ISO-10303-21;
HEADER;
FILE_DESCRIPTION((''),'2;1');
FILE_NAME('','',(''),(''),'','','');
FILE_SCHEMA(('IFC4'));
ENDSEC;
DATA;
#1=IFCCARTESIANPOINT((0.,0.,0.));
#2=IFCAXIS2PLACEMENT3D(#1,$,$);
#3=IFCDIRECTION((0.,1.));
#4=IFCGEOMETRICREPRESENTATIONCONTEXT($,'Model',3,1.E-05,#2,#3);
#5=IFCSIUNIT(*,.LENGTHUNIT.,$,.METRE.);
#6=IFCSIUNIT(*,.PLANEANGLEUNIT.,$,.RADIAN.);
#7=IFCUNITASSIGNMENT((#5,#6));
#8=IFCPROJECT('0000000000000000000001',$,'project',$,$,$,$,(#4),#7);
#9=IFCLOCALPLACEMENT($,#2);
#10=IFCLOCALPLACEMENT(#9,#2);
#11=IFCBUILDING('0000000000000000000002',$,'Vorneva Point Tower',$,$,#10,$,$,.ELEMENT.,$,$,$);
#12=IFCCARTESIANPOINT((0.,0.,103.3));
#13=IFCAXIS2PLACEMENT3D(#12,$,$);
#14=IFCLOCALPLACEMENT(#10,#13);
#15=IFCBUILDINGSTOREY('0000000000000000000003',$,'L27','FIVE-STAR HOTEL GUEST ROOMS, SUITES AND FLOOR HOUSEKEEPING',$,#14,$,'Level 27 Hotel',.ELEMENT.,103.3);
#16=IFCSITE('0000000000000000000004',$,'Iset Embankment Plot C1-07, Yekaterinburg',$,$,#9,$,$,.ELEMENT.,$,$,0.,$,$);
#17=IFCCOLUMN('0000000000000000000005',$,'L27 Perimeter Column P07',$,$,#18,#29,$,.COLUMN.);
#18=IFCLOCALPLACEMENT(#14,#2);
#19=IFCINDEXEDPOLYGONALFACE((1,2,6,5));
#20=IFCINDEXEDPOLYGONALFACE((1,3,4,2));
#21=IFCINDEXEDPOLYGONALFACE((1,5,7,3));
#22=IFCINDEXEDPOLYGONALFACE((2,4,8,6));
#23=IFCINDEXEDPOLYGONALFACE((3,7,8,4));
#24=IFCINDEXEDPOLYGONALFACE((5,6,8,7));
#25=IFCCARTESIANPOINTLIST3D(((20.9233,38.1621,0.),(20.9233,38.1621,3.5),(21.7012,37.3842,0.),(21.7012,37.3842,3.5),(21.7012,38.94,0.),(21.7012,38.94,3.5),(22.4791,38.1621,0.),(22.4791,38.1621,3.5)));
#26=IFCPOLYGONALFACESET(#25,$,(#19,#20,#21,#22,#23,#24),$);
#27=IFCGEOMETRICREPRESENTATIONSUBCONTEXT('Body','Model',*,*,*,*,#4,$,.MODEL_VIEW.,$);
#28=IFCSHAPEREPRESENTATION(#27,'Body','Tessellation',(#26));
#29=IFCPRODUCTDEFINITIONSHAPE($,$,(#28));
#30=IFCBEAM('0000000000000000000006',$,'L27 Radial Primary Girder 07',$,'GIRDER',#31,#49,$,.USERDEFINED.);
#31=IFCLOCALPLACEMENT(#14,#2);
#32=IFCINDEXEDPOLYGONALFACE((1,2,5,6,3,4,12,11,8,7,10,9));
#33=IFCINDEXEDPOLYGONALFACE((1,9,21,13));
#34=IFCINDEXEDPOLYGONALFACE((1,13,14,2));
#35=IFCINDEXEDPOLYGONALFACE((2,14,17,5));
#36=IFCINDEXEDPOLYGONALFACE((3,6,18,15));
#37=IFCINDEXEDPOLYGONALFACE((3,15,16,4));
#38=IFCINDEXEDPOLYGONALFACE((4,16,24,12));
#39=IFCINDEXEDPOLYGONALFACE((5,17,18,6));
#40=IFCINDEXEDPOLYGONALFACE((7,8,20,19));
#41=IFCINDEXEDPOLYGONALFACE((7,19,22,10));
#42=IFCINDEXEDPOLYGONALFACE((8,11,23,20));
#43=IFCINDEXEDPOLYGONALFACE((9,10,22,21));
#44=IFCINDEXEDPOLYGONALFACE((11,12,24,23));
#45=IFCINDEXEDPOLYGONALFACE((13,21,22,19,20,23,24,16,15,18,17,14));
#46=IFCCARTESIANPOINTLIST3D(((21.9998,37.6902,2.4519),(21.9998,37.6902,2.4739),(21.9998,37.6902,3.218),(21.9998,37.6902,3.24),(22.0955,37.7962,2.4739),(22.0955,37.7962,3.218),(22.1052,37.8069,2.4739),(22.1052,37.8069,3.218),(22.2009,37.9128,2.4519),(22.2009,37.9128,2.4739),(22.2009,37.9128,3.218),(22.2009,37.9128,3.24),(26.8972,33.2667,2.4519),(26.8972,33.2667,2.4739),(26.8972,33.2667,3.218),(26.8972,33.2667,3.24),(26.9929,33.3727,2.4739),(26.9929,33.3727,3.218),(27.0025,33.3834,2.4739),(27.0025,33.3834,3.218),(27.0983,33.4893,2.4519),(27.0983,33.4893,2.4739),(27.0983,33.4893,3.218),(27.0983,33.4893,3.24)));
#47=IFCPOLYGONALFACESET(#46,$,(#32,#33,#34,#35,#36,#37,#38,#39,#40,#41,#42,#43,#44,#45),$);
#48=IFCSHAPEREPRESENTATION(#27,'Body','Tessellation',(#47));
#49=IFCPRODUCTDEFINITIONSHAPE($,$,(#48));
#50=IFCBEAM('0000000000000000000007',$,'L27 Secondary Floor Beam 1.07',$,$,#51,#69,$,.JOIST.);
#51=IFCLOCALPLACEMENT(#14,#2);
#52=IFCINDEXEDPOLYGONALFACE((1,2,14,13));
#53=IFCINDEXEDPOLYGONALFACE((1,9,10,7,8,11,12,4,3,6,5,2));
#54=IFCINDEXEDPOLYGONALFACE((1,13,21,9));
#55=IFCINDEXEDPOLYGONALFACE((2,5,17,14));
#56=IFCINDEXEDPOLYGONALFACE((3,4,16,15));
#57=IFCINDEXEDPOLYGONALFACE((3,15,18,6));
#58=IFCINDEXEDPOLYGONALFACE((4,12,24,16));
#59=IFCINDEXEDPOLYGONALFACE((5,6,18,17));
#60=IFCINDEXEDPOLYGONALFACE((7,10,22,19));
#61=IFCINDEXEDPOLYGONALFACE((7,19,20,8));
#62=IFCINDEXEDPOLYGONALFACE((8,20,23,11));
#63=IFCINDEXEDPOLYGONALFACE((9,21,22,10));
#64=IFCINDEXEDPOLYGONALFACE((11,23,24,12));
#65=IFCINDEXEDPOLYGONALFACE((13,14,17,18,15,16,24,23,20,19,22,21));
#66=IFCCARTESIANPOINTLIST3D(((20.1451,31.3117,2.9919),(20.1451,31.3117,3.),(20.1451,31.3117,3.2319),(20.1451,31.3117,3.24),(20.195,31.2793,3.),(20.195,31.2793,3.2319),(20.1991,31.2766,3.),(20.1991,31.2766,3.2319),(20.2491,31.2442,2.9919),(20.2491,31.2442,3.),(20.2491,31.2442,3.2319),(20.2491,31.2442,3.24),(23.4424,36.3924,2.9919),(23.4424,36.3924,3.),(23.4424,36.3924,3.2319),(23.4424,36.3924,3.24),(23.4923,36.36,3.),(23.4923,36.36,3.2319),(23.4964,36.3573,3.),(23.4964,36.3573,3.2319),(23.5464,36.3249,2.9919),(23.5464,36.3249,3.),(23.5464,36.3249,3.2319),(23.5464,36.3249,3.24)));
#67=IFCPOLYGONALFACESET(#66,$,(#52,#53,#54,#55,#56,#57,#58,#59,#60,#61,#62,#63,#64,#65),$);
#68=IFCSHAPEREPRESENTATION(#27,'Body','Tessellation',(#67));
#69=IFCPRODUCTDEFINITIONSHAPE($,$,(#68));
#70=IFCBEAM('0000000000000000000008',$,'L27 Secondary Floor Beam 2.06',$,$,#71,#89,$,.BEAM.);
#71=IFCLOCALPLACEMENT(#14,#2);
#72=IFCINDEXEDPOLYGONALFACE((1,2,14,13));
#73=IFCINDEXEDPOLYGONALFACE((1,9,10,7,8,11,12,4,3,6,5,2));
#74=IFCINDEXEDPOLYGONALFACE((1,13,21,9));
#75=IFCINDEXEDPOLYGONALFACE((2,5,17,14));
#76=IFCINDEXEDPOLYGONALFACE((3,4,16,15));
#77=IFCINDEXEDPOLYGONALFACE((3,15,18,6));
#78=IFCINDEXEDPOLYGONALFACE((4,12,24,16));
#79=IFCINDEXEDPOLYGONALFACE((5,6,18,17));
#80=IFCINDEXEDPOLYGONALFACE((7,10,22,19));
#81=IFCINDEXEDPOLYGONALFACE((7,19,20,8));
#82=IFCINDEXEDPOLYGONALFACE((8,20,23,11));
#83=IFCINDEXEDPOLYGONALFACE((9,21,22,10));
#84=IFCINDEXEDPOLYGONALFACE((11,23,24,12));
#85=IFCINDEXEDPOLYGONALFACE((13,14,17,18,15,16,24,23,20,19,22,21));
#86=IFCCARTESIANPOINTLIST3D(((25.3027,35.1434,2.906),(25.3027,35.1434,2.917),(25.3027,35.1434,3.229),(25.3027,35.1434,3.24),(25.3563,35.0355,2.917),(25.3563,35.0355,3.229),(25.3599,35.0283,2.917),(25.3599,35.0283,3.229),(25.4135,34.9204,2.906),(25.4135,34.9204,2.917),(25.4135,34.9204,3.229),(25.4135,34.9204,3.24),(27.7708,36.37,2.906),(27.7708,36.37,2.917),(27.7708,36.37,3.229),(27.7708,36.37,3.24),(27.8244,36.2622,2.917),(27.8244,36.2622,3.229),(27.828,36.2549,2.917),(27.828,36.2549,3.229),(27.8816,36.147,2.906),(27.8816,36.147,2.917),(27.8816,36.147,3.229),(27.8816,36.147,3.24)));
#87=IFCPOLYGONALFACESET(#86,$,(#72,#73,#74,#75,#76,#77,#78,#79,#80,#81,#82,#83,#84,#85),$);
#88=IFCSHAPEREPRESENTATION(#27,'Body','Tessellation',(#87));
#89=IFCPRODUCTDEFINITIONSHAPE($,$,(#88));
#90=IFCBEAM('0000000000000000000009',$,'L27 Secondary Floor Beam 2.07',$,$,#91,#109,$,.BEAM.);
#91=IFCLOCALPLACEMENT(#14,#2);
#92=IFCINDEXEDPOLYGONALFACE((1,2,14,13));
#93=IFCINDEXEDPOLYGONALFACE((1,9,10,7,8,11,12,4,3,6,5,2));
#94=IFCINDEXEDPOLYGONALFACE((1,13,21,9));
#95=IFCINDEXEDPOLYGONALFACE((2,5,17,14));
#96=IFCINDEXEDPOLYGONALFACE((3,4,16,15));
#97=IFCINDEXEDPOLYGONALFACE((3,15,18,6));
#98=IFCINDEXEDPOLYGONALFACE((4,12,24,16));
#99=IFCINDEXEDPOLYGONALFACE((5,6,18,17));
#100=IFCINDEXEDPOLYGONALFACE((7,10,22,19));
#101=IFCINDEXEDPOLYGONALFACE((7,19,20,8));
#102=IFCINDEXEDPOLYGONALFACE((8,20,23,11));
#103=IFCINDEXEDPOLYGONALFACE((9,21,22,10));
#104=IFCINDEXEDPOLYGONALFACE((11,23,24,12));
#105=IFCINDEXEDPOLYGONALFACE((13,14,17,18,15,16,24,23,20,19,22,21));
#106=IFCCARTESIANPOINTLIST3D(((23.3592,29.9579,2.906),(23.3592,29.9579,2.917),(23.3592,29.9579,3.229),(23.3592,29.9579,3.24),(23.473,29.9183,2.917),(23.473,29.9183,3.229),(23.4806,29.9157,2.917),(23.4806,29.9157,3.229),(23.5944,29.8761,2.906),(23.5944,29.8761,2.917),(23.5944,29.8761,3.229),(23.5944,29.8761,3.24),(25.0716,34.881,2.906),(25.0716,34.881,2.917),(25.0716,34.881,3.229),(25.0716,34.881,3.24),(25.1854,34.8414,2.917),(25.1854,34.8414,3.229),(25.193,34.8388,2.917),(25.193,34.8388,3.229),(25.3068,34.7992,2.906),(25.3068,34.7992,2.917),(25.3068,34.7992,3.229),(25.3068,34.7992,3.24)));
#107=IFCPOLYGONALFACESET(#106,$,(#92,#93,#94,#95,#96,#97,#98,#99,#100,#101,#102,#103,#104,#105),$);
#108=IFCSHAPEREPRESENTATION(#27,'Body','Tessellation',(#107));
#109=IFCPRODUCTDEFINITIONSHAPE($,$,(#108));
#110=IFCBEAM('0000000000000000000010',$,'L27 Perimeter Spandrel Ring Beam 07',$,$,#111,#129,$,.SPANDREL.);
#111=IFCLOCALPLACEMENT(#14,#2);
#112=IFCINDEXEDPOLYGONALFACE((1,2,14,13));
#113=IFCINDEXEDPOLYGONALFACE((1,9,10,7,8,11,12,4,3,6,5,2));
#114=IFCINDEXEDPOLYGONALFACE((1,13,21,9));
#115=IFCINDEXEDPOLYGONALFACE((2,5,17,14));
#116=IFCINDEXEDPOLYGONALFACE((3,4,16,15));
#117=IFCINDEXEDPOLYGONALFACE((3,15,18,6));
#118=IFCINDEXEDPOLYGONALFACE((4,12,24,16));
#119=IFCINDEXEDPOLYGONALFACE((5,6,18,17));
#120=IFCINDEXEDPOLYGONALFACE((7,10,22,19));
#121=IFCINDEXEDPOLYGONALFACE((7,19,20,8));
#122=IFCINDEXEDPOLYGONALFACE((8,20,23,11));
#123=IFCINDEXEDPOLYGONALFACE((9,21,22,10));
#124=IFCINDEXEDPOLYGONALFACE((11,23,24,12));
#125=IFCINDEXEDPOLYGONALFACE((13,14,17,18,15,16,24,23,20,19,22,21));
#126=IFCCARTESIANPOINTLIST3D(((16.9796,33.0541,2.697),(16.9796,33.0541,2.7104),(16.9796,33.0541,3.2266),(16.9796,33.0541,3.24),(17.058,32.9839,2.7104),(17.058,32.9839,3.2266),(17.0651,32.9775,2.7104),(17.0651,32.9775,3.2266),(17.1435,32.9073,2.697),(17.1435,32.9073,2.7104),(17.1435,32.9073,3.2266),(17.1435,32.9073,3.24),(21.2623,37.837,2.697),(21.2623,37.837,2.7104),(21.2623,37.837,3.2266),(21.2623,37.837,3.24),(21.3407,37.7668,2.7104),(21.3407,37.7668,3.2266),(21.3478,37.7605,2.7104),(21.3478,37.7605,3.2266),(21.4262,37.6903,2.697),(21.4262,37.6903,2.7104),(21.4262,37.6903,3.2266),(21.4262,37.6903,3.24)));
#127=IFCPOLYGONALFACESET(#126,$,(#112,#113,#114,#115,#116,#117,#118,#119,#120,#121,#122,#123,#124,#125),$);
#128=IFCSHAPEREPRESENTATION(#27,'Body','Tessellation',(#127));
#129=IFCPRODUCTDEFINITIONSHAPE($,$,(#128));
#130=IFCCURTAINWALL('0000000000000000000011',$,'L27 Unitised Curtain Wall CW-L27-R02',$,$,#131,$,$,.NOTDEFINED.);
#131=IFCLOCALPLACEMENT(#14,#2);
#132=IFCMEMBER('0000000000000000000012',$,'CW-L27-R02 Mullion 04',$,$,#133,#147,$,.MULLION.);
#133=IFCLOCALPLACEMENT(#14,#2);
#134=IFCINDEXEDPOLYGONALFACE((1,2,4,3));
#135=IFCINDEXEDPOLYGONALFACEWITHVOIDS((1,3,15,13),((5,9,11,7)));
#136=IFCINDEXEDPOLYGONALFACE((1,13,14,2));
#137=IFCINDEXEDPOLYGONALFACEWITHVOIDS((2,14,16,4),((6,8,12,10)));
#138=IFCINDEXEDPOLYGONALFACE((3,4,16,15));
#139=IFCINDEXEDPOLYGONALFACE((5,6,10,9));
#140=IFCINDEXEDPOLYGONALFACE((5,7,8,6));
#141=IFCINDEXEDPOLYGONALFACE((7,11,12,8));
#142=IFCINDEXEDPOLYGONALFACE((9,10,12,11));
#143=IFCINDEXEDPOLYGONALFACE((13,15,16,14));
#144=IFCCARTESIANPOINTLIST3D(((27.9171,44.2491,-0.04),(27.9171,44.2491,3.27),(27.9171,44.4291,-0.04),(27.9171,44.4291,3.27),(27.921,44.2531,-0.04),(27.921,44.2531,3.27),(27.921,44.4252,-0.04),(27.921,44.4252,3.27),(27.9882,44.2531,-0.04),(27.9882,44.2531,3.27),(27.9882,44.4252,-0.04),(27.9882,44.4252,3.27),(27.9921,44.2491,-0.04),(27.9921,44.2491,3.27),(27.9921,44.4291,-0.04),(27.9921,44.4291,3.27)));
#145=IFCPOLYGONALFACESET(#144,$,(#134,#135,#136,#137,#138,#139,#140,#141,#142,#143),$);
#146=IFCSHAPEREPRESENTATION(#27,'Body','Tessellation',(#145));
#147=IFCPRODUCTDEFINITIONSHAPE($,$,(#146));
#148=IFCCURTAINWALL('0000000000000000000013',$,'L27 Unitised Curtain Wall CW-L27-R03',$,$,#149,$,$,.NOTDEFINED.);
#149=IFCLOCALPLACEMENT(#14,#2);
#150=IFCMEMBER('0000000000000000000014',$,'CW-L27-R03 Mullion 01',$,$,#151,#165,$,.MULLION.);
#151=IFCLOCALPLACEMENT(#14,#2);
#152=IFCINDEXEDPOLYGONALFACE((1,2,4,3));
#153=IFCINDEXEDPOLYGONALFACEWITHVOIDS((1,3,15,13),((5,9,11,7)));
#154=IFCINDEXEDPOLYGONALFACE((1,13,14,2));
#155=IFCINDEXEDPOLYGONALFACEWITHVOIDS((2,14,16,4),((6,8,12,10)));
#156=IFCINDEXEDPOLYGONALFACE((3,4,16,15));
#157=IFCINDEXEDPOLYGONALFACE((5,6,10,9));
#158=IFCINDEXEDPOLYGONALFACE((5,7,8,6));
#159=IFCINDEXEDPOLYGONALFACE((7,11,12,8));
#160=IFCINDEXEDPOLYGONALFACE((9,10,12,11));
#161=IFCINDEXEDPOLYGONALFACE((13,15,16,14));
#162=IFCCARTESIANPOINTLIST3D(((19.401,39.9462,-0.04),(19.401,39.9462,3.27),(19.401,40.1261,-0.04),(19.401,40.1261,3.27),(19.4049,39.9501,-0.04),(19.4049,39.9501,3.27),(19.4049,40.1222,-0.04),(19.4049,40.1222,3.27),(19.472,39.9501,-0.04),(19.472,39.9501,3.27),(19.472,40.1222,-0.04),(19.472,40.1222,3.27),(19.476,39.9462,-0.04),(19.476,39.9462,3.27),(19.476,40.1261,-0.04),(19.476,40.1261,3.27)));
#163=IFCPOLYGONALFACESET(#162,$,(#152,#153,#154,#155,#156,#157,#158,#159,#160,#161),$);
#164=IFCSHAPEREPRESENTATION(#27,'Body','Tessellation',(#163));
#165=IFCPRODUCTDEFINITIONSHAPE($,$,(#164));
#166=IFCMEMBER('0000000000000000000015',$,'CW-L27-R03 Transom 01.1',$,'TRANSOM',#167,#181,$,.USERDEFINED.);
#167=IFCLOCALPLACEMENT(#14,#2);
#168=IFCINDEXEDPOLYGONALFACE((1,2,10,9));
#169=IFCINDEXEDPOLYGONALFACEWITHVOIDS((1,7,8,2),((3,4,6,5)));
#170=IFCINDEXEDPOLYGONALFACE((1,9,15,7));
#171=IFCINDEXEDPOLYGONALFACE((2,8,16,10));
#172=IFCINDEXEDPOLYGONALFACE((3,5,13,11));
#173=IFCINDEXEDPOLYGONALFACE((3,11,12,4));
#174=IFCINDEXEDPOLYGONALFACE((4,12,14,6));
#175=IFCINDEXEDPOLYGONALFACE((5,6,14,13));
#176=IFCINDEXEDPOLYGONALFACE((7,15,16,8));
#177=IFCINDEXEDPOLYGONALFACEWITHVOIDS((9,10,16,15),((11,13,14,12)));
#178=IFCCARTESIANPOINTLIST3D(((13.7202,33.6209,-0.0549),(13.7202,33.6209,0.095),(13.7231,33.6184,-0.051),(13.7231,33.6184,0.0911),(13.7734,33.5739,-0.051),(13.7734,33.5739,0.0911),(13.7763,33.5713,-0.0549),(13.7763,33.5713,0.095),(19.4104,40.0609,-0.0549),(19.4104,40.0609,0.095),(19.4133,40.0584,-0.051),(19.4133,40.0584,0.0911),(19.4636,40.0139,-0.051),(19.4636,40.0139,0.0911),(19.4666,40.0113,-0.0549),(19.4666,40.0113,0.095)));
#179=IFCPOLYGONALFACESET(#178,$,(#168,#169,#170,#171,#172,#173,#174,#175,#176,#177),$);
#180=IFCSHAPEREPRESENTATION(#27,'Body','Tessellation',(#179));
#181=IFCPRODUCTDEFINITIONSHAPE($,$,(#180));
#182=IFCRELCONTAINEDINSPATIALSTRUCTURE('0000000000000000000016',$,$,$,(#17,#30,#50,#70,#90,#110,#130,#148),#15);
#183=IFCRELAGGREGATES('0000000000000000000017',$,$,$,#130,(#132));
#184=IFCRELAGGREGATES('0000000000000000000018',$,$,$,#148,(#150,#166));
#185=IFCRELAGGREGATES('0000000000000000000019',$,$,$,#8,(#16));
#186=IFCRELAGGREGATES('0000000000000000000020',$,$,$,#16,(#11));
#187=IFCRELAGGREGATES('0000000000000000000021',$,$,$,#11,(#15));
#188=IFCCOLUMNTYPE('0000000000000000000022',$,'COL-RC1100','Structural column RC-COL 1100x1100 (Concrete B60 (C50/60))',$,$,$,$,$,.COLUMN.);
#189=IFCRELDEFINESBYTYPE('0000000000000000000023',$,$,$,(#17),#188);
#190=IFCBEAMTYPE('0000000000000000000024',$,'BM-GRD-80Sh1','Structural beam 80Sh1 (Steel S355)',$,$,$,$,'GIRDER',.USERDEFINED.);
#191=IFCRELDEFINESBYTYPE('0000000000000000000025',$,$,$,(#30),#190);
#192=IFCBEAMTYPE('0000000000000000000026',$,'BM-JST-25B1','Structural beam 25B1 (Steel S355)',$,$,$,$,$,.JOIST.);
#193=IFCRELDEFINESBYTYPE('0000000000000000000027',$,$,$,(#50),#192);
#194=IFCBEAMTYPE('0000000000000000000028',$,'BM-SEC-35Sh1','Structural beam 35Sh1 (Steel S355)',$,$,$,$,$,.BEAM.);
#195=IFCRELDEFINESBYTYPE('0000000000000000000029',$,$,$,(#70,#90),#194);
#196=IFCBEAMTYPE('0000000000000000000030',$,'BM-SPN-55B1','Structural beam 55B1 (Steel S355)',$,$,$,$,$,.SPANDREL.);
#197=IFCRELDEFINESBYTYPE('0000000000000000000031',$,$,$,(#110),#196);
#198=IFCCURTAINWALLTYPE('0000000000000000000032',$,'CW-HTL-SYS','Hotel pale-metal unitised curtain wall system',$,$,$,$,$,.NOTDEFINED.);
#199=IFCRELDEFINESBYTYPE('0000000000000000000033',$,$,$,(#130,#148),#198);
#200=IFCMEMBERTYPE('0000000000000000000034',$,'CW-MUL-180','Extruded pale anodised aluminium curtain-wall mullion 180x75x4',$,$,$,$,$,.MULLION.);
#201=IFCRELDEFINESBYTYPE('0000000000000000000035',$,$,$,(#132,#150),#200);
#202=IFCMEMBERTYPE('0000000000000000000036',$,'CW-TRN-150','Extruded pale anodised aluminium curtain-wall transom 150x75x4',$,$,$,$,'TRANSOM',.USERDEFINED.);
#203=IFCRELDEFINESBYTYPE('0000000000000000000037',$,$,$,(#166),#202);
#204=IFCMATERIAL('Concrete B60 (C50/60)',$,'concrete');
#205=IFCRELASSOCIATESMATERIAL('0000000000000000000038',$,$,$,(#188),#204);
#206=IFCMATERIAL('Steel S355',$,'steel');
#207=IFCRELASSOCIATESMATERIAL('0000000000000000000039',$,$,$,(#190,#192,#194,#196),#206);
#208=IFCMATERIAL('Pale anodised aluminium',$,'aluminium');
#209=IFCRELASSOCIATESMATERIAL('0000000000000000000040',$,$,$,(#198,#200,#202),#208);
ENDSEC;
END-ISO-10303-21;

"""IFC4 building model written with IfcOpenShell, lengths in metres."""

from ifc_helpers import new_model, si_unit, direction, frame, origin, origin_2d, place, context, subcontext, project, spatial, rectangle, hollow_rectangle, i_section, extrude, material, material_profile, profile_set, type_object, element, aggregate, save


model = new_model("IFC4")

# Units and contexts
model_context = context("Model", 3, precision=1e-05, world=origin(), true_north=direction((0.0, 1.0)))
body_context = subcontext(model_context, "Body", "Model", "MODEL_VIEW")
ifc_project = project(units=[si_unit("LENGTHUNIT", "METRE"), si_unit("PLANEANGLEUNIT", "RADIAN")], contexts=[model_context])

# Site, building, storey
site_placement = place(None, origin())
site = spatial("IfcSite", under=ifc_project, at=site_placement, Name="Iset Embankment Plot C1-07, Yekaterinburg", CompositionType="ELEMENT", RefElevation=0.0)
building_placement = place(site_placement, origin())
building = spatial("IfcBuilding", under=site, at=building_placement, Name="Vorneva Point Tower", CompositionType="ELEMENT")
storey_placement = place(building_placement, frame((0.0, 0.0, 103.3)))
storey = spatial("IfcBuildingStorey", under=building, at=storey_placement, Name="L27", Description="FIVE-STAR HOTEL GUEST ROOMS, SUITES AND FLOOR HOUSEKEEPING", LongName="Level 27 Hotel", CompositionType="ELEMENT", Elevation=103.3)

# Column
ifc_material_1 = material(Name="Concrete B60 (C50/60)", Category="concrete")
ifc_material_profile_1 = material_profile(ifc_material_1, rectangle(XDim=1.1001, YDim=1.1001, at=origin_2d()), Name="RC-COL 1100x1100")
ifc_profile_set_1 = profile_set([ifc_material_profile_1], Name="Concrete B60 (C50/60)")
column_type = type_object("IfcColumnType", Name="COL-RC1100", Description="Structural column RC-COL 1100x1100 (Concrete B60 (C50/60))", PredefinedType="COLUMN", material=ifc_profile_set_1)
column_placement = place(storey_placement, frame((21.7012, 38.1621, 0.0), z_axis=(0.0, 0.0, 1.0), x_axis=(-0.707107, 0.707107, 0.0)))
element("IfcColumn", 1, at=column_placement, inside=storey, type_object=column_type, Name="L27 Perimeter Column P07", PredefinedType="COLUMN", context=body_context, shape_type="SweptSolid", body=[
    extrude(rectangle(XDim=1.1001, YDim=1.1001, at=origin_2d()), origin(), (0.0, 0.0, 1.0), 3.5),
])

# Beams
ifc_material_2 = material(Name="Steel S355", Category="steel")
ifc_material_profile_2 = material_profile(ifc_material_2, i_section(OverallWidth=0.3, OverallDepth=0.7881, WebThickness=0.0144, FlangeThickness=0.022, at=origin_2d()), Name="80Sh1")
ifc_profile_set_2 = profile_set([ifc_material_profile_2], Name="Steel S355")
beam_type_1 = type_object("IfcBeamType", Name="BM-GRD-80Sh1", Description="Structural beam 80Sh1 (Steel S355)", ElementType="GIRDER", PredefinedType="USERDEFINED", material=ifc_profile_set_2)
beam_1_placement = place(storey_placement, frame((22.1003, 37.8015, 2.8459), z_axis=(0.742097, -0.670292, 0.0), x_axis=(0.670292, 0.742097, 0.0)))
element("IfcBeam", 2, at=beam_1_placement, inside=storey, type_object=beam_type_1, Name="L27 Radial Primary Girder 07", ObjectType="GIRDER", PredefinedType="USERDEFINED", context=body_context, shape_type="SweptSolid", body=[
    extrude(i_section(OverallWidth=0.3, OverallDepth=0.7881, WebThickness=0.0144, FlangeThickness=0.022, at=origin_2d()), origin(), (0.0, 0.0, 1.0), 6.5994),
])
ifc_material_profile_3 = material_profile(ifc_material_2, i_section(OverallWidth=0.124, OverallDepth=0.248, WebThickness=0.0049, FlangeThickness=0.0081, at=origin_2d()), Name="25B1")
ifc_profile_set_3 = profile_set([ifc_material_profile_3], Name="Steel S355")
beam_type_2 = type_object("IfcBeamType", Name="BM-JST-25B1", Description="Structural beam 25B1 (Steel S355)", PredefinedType="JOIST", material=ifc_profile_set_3)
beam_2_placement = place(storey_placement, frame((23.4944, 36.3586, 3.116), z_axis=(-0.544389, -0.838833, 0.0), x_axis=(0.838833, -0.544389, 0.0)))
element("IfcBeam", 3, at=beam_2_placement, inside=storey, type_object=beam_type_2, Name="L27 Secondary Floor Beam 1.07", PredefinedType="JOIST", context=body_context, shape_type="SweptSolid", body=[
    extrude(i_section(OverallWidth=0.124, OverallDepth=0.248, WebThickness=0.0049, FlangeThickness=0.0081, at=origin_2d()), origin(), (0.0, 0.0, 1.0), 6.0569),
])
ifc_material_profile_4 = material_profile(ifc_material_2, i_section(OverallWidth=0.249, OverallDepth=0.334, WebThickness=0.0081, FlangeThickness=0.011, at=origin_2d()), Name="35Sh1")
ifc_profile_set_4 = profile_set([ifc_material_profile_4], Name="Steel S355")
beam_type_3 = type_object("IfcBeamType", Name="BM-SEC-35Sh1", Description="Structural beam 35Sh1 (Steel S355)", PredefinedType="BEAM", material=ifc_profile_set_4)
beam_3_placement = place(storey_placement, frame((27.8262, 36.2585, 3.073), z_axis=(-0.895505, -0.445051, 0.0), x_axis=(0.445051, -0.895505, 0.0)))
element("IfcBeam", 4, at=beam_3_placement, inside=storey, type_object=beam_type_3, Name="L27 Secondary Floor Beam 2.06", PredefinedType="BEAM", context=body_context, shape_type="SweptSolid", body=[
    extrude(i_section(OverallWidth=0.249, OverallDepth=0.334, WebThickness=0.0081, FlangeThickness=0.011, at=origin_2d()), origin(), (0.0, 0.0, 1.0), 2.7561),
])
beam_4_placement = place(storey_placement, frame((25.1892, 34.8401, 3.073), z_axis=(-0.328524, -0.944496, 0.0), x_axis=(0.944496, -0.328524, 0.0)))
element("IfcBeam", 5, at=beam_4_placement, inside=storey, type_object=beam_type_3, Name="L27 Secondary Floor Beam 2.07", PredefinedType="BEAM", context=body_context, shape_type="SweptSolid", body=[
    extrude(i_section(OverallWidth=0.249, OverallDepth=0.334, WebThickness=0.0081, FlangeThickness=0.011, at=origin_2d()), origin(), (0.0, 0.0, 1.0), 5.2124),
])
ifc_material_profile_5 = material_profile(ifc_material_2, i_section(OverallWidth=0.22, OverallDepth=0.543, WebThickness=0.0095, FlangeThickness=0.0134, at=origin_2d()), Name="55B1")
ifc_profile_set_5 = profile_set([ifc_material_profile_5], Name="Steel S355")
beam_type_4 = type_object("IfcBeamType", Name="BM-SPN-55B1", Description="Structural beam 55B1 (Steel S355)", PredefinedType="SPANDREL", material=ifc_profile_set_5)
beam_5_placement = place(storey_placement, frame((21.3442, 37.7637, 2.9685), z_axis=(-0.667074, -0.744992, 0.0), x_axis=(0.744992, -0.667074, 0.0)))
element("IfcBeam", 6, at=beam_5_placement, inside=storey, type_object=beam_type_4, Name="L27 Perimeter Spandrel Ring Beam 07", PredefinedType="SPANDREL", context=body_context, shape_type="SweptSolid", body=[
    extrude(i_section(OverallWidth=0.22, OverallDepth=0.543, WebThickness=0.0095, FlangeThickness=0.0134, at=origin_2d()), origin(), (0.0, 0.0, 1.0), 6.4202),
])

# Curtain wall, member
ifc_material_3 = material(Name="Pale anodised aluminium", Category="aluminium")
curtain_wall_type = type_object("IfcCurtainWallType", Name="CW-HTL-SYS", Description="Hotel pale-metal unitised curtain wall system", PredefinedType="NOTDEFINED", material=ifc_material_3)
curtain_wall_1_placement = place(storey_placement, origin())
curtain_wall_1 = element("IfcCurtainWall", 7, at=curtain_wall_1_placement, inside=storey, type_object=curtain_wall_type, Name="L27 Unitised Curtain Wall CW-L27-R02", PredefinedType="NOTDEFINED")
ifc_material_profile_6 = material_profile(ifc_material_3, hollow_rectangle(XDim=0.075, YDim=0.1799, WallThickness=0.0039, at=origin_2d()), Name="AL-MUL 180x75x4")
ifc_profile_set_6 = profile_set([ifc_material_profile_6], Name="Pale anodised aluminium")
member_type_1 = type_object("IfcMemberType", Name="CW-MUL-180", Description="Extruded pale anodised aluminium curtain-wall mullion 180x75x4", PredefinedType="MULLION", material=ifc_profile_set_6)
member_1_placement = place(storey_placement, frame((27.9546, 44.3391, -0.04), z_axis=(0.0, 0.0, 1.0), x_axis=(1.0, 0.0, 0.0)))
member_1 = element("IfcMember", 8, at=member_1_placement, type_object=member_type_1, Name="CW-L27-R02 Mullion 04", PredefinedType="MULLION", context=body_context, shape_type="SweptSolid", body=[
    extrude(hollow_rectangle(XDim=0.075, YDim=0.1799, WallThickness=0.0039, at=origin_2d()), origin(), (0.0, 0.0, 1.0), 3.3101),
])
aggregate(curtain_wall_1, [member_1])

# Curtain wall, members
curtain_wall_2_placement = place(storey_placement, origin())
curtain_wall_2 = element("IfcCurtainWall", 9, at=curtain_wall_2_placement, inside=storey, type_object=curtain_wall_type, Name="L27 Unitised Curtain Wall CW-L27-R03", PredefinedType="NOTDEFINED")
member_2_placement = place(storey_placement, frame((19.4385, 40.0361, -0.04), z_axis=(0.0, 0.0, 1.0), x_axis=(1.0, 0.0, 0.0)))
member_2 = element("IfcMember", 10, at=member_2_placement, type_object=member_type_1, Name="CW-L27-R03 Mullion 01", PredefinedType="MULLION", context=body_context, shape_type="SweptSolid", body=[
    extrude(hollow_rectangle(XDim=0.075, YDim=0.1799, WallThickness=0.0039, at=origin_2d()), origin(), (0.0, 0.0, 1.0), 3.3101),
])
ifc_material_profile_7 = material_profile(ifc_material_3, hollow_rectangle(XDim=0.075, YDim=0.1499, WallThickness=0.0039, at=origin_2d()), Name="AL-TRN 150x75x4")
ifc_profile_set_7 = profile_set([ifc_material_profile_7], Name="Pale anodised aluminium")
member_type_2 = type_object("IfcMemberType", Name="CW-TRN-150", Description="Extruded pale anodised aluminium curtain-wall transom 150x75x4", ElementType="TRANSOM", PredefinedType="USERDEFINED", material=ifc_profile_set_7)
member_3_placement = place(storey_placement, frame((19.4385, 40.0361, 0.02), z_axis=(-0.662137, -0.749383, 0.0), x_axis=(0.749383, -0.662137, 0.0)))
member_3 = element("IfcMember", 11, at=member_3_placement, type_object=member_type_2, Name="CW-L27-R03 Transom 01.1", ObjectType="TRANSOM", PredefinedType="USERDEFINED", context=body_context, shape_type="SweptSolid", body=[
    extrude(hollow_rectangle(XDim=0.075, YDim=0.1499, WallThickness=0.0039, at=origin_2d()), origin(), (0.0, 0.0, 1.0), 8.5938),
])
aggregate(curtain_wall_2, [member_2, member_3])

save(model, "model.ifc")
